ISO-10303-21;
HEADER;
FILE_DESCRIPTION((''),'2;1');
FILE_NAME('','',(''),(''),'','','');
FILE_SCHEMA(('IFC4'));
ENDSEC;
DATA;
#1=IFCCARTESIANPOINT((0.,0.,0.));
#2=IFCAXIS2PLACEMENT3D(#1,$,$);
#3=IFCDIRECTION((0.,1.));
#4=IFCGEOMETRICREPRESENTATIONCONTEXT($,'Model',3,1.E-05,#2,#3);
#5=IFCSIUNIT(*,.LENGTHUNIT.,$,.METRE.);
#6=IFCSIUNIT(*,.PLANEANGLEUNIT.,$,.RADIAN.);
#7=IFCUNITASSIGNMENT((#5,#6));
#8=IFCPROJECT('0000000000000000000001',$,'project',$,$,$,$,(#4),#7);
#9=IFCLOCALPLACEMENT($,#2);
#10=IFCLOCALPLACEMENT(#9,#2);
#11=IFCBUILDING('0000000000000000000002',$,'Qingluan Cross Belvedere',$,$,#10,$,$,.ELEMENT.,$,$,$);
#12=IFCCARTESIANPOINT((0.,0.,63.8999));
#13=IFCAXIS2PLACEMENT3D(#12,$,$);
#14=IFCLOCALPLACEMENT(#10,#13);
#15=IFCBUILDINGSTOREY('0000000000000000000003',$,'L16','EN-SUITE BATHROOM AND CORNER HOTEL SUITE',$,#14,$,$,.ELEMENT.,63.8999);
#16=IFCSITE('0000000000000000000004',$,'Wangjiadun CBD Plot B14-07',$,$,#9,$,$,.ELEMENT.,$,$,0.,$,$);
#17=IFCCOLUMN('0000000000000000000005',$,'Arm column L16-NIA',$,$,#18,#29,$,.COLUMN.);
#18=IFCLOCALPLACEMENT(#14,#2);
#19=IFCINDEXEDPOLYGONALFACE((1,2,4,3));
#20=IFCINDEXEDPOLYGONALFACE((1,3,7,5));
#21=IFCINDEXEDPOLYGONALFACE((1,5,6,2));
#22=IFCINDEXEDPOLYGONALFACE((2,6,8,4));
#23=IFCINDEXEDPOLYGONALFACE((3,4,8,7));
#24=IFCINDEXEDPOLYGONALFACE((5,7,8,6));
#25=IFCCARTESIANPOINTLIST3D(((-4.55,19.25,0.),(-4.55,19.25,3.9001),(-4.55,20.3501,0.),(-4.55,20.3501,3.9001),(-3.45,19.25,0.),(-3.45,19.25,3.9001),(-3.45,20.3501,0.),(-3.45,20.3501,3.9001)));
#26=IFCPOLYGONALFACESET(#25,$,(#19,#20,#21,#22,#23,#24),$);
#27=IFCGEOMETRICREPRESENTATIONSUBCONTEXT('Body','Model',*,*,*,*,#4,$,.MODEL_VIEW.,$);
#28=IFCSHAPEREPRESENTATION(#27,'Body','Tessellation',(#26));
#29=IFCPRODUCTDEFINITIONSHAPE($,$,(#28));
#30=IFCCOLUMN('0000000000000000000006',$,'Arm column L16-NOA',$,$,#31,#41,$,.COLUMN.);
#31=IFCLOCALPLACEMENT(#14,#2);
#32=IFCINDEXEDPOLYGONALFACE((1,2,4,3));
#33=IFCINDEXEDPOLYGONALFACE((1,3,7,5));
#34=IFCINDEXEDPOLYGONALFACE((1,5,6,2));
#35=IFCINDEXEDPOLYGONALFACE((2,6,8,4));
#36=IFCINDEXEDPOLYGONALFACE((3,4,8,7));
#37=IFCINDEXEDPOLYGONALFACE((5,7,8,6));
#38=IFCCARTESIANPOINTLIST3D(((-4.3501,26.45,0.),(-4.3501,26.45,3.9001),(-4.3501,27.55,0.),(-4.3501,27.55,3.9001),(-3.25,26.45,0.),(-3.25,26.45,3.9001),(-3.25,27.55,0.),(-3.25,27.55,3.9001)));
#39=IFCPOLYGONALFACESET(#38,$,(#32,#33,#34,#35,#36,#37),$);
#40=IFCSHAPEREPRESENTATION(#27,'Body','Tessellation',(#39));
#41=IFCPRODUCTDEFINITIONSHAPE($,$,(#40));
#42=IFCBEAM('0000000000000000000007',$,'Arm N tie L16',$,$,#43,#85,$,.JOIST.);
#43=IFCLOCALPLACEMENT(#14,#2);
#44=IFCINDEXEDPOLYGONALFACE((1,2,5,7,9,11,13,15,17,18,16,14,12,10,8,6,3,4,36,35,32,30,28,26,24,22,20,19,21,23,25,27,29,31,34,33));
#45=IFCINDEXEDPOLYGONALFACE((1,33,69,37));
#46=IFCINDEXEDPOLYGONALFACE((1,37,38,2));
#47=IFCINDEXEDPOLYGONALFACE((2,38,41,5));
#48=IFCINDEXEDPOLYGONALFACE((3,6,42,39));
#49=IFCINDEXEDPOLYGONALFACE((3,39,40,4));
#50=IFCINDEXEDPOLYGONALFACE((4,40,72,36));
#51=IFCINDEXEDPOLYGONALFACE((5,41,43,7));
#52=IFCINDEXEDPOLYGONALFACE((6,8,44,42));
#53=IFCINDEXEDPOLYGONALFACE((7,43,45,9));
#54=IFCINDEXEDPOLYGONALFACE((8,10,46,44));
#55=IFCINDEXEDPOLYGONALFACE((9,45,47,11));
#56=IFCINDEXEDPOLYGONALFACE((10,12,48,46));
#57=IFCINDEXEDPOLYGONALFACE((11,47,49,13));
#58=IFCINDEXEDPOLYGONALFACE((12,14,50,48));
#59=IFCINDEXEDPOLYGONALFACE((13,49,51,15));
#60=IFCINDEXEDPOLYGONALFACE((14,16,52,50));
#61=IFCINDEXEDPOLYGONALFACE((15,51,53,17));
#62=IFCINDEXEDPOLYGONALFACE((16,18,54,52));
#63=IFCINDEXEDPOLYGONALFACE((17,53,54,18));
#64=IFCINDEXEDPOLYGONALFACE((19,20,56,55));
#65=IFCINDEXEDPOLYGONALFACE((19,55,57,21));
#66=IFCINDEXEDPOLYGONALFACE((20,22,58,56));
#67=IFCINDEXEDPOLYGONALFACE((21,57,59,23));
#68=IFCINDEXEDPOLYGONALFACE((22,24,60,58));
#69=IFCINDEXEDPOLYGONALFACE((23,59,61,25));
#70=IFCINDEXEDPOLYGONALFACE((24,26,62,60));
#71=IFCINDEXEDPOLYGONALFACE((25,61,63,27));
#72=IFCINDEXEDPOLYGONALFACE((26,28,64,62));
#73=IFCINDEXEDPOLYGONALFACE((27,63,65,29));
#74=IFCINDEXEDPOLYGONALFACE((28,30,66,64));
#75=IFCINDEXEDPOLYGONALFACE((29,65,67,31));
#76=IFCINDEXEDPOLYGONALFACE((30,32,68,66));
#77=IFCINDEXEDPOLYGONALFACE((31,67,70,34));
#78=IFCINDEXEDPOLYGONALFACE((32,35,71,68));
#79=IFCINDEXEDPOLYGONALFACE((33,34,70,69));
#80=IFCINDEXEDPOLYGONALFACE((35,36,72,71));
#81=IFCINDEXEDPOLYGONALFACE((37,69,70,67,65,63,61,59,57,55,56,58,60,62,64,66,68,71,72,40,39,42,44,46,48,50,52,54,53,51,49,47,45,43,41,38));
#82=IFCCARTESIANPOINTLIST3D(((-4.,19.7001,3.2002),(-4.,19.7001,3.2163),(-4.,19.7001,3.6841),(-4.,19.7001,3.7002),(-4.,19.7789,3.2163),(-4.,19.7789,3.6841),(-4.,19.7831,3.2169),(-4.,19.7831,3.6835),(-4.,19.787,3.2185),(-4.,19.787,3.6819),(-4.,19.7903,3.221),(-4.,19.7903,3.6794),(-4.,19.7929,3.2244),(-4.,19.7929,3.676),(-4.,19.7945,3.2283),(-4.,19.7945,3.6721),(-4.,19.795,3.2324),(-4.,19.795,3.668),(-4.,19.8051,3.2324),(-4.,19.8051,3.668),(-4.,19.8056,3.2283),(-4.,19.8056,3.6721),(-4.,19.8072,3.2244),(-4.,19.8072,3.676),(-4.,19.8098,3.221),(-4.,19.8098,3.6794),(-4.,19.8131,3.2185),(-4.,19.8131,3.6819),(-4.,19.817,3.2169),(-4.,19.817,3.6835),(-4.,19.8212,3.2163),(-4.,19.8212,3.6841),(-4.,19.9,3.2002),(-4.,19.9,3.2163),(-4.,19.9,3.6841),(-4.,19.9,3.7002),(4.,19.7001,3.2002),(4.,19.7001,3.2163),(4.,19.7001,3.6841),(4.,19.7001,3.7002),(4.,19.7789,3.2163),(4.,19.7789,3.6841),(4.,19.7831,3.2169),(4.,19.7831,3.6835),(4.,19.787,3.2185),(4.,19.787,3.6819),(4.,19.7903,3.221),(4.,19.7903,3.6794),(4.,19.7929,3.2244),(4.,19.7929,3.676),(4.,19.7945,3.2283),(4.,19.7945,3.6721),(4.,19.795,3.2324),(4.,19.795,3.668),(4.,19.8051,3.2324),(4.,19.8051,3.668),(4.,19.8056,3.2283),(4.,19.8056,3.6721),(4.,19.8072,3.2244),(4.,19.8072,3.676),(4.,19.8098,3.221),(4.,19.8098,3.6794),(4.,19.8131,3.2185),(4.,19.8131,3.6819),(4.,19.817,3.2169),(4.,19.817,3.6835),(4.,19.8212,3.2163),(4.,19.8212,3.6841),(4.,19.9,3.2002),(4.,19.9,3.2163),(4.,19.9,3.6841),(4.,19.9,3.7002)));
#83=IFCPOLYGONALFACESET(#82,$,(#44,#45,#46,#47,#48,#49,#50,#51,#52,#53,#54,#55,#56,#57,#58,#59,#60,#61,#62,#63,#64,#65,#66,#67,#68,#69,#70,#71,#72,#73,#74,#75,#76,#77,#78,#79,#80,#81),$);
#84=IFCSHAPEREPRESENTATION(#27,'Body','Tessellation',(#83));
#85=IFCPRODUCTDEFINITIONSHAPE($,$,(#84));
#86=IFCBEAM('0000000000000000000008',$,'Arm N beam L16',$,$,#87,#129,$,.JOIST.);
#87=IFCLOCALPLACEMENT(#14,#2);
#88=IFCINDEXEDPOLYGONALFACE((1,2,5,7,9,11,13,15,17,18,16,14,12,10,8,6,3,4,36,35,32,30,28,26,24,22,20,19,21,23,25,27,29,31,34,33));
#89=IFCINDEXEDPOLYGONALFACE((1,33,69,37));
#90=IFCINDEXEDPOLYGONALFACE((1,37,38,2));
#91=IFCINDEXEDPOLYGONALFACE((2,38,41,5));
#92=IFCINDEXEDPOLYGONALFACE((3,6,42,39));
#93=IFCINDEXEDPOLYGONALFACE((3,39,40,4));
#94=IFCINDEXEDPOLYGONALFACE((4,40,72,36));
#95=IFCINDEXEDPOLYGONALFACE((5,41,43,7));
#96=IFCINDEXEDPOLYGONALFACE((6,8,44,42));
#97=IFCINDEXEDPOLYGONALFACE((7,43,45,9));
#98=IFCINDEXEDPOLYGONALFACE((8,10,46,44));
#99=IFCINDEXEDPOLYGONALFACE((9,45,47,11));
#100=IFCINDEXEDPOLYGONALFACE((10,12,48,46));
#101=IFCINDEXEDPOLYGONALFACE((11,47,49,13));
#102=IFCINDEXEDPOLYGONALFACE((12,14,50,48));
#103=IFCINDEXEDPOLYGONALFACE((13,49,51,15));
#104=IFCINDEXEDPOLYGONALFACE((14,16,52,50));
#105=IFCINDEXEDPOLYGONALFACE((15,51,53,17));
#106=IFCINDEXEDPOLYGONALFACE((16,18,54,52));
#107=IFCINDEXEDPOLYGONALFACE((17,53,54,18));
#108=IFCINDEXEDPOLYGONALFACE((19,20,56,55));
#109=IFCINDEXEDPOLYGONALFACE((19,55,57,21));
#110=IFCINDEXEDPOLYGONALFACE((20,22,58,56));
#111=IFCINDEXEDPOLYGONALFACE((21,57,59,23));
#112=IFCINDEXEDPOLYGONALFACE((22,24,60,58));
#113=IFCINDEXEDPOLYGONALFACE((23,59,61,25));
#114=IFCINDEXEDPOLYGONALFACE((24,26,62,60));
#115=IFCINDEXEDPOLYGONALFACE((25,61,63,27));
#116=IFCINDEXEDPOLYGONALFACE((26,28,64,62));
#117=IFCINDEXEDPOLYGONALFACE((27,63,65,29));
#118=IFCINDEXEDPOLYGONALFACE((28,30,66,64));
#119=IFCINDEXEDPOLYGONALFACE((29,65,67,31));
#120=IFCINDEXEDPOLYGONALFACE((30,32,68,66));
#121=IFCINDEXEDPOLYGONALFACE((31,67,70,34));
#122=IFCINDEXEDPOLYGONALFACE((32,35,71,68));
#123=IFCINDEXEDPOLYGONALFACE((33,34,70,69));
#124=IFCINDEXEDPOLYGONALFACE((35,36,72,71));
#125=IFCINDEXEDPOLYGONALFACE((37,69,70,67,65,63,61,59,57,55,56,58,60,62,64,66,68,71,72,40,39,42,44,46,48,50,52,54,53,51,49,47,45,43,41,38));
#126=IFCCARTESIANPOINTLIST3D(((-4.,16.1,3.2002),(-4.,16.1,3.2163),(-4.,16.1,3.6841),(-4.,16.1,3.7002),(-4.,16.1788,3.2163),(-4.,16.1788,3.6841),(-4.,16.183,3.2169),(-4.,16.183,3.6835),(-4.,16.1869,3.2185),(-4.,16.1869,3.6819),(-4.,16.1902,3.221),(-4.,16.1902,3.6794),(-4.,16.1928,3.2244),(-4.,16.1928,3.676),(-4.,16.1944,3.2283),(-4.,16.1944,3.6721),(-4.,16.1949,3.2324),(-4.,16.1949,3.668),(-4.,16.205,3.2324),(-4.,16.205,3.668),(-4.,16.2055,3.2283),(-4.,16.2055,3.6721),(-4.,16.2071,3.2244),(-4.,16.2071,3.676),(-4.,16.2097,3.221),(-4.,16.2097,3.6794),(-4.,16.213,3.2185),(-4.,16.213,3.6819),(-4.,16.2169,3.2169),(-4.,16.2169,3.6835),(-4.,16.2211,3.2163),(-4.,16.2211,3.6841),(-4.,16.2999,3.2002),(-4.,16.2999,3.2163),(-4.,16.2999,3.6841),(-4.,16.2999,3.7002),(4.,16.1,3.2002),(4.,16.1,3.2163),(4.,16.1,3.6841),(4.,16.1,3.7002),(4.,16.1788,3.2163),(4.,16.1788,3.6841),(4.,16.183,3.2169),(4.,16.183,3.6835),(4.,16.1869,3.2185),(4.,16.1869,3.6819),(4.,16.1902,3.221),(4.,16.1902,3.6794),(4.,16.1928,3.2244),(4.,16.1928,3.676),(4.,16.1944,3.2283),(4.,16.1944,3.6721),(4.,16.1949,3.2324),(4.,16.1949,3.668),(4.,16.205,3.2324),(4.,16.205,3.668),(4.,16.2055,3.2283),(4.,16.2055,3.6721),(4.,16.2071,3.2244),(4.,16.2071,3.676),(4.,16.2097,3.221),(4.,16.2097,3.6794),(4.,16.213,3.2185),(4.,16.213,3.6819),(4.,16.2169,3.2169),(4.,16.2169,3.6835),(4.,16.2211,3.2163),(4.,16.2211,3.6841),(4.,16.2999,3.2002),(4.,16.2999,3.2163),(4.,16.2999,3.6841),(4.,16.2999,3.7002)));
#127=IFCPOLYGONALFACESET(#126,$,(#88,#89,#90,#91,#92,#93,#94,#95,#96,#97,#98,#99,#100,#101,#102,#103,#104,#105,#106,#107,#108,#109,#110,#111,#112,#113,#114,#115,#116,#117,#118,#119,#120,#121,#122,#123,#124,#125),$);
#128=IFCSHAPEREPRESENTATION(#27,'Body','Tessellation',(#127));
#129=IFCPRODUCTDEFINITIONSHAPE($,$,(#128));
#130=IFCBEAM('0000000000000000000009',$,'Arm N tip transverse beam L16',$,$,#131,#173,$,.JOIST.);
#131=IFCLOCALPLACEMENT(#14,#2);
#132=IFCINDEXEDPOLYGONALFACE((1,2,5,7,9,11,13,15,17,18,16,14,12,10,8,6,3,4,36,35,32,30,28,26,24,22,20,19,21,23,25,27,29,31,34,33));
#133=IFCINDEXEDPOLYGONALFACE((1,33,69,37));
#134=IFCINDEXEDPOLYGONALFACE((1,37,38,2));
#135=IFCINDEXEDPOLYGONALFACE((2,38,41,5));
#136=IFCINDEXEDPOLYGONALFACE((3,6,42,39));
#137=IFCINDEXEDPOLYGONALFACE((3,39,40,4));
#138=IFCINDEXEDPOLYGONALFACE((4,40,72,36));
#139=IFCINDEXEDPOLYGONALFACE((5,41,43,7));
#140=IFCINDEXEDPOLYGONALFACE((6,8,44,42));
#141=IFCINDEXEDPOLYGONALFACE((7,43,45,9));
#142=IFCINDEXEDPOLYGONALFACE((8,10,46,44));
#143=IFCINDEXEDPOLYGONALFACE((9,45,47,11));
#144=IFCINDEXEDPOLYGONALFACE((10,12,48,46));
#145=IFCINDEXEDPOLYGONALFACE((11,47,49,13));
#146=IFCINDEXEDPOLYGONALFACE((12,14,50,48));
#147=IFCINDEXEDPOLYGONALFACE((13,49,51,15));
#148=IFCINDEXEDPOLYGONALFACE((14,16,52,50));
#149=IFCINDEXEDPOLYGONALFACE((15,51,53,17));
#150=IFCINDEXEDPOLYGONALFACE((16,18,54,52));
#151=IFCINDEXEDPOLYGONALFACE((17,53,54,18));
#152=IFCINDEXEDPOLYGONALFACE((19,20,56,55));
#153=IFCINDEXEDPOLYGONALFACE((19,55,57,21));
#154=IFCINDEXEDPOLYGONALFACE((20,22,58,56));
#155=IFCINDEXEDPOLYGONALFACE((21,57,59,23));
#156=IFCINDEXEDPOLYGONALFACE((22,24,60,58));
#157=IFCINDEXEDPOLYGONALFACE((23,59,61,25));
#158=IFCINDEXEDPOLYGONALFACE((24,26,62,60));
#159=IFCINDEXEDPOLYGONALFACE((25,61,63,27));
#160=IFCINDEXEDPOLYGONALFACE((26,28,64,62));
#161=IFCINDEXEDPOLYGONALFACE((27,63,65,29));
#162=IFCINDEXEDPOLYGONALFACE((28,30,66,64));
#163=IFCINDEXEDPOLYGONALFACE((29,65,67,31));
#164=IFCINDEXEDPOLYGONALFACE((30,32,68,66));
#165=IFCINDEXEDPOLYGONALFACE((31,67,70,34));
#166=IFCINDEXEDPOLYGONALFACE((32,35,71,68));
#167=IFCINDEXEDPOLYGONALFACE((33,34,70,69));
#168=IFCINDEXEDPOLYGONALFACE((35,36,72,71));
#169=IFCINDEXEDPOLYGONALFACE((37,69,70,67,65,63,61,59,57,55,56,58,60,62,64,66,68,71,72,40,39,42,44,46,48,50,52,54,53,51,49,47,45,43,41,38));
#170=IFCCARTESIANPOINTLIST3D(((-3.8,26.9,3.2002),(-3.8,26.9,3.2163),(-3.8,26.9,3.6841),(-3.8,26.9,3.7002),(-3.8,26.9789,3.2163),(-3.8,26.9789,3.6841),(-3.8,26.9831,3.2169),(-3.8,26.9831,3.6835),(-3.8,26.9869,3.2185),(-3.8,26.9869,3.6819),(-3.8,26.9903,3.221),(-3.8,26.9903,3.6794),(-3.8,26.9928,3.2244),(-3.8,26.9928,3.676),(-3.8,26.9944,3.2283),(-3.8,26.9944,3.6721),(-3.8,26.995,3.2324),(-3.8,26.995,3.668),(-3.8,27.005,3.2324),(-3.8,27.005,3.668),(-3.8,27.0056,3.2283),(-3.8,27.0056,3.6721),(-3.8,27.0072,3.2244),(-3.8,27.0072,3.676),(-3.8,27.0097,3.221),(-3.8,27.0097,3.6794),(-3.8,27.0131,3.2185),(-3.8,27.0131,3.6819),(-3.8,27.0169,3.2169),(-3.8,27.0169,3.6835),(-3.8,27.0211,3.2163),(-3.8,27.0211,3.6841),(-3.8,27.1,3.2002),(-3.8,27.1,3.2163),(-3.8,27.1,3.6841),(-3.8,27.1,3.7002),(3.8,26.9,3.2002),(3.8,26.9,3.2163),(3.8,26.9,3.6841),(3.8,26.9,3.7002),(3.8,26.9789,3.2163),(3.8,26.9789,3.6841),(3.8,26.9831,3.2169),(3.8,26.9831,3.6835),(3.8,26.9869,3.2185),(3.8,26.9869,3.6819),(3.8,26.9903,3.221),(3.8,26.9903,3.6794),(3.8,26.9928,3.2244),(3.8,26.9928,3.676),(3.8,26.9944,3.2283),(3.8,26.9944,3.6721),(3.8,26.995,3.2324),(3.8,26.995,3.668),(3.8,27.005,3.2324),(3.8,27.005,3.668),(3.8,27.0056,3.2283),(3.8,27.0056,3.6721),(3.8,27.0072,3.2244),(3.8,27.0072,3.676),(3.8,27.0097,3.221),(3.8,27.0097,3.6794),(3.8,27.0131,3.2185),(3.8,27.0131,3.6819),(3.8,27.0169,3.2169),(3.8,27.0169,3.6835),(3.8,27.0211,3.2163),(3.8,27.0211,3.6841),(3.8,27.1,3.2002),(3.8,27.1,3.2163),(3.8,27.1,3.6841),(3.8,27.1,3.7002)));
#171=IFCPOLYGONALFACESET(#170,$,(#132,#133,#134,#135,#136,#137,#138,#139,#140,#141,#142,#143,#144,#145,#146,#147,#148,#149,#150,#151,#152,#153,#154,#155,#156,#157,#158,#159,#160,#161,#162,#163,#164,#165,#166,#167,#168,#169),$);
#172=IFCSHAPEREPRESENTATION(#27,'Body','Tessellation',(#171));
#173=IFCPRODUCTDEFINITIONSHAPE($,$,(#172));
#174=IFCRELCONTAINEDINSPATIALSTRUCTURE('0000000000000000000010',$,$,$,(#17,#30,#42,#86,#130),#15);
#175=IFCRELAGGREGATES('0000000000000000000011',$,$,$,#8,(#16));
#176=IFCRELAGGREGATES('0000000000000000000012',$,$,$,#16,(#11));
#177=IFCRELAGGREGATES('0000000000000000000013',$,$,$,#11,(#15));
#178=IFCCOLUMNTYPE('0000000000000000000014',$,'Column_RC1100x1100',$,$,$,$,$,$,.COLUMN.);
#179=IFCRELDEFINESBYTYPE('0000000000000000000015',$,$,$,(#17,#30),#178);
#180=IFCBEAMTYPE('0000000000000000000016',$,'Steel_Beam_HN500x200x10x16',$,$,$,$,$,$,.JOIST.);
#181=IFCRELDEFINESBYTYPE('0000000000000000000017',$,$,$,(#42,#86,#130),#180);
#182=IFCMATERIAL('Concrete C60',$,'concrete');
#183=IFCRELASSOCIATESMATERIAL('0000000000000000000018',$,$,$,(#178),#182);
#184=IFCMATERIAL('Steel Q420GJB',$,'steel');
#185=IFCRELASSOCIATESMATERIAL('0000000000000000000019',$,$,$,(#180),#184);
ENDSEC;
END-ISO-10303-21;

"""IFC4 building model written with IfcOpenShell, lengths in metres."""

from ifc_helpers import new_model, si_unit, direction, frame, origin, origin_2d, place, context, subcontext, project, spatial, rectangle, i_section, extrude, material, material_profile, profile_set, type_object, element, save


model = new_model("IFC4")

# Units and contexts
model_context = context("Model", 3, precision=1e-05, world=origin(), true_north=direction((0.0, 1.0)))
body_context = subcontext(model_context, "Body", "Model", "MODEL_VIEW")
ifc_project = project(units=[si_unit("LENGTHUNIT", "METRE"), si_unit("PLANEANGLEUNIT", "RADIAN")], contexts=[model_context])

# Site, building, storey
site_placement = place(None, origin())
site = spatial("IfcSite", under=ifc_project, at=site_placement, Name="Wangjiadun CBD Plot B14-07", CompositionType="ELEMENT", RefElevation=0.0)
building_placement = place(site_placement, origin())
building = spatial("IfcBuilding", under=site, at=building_placement, Name="Qingluan Cross Belvedere", CompositionType="ELEMENT")
storey_placement = place(building_placement, frame((0.0, 0.0, 63.8999)))
storey = spatial("IfcBuildingStorey", under=building, at=storey_placement, Name="L16", Description="EN-SUITE BATHROOM AND CORNER HOTEL SUITE", CompositionType="ELEMENT", Elevation=63.8999)

# Columns
ifc_material_1 = material(Name="Concrete C60", Category="concrete")
ifc_material_profile_1 = material_profile(ifc_material_1, rectangle(XDim=1.1001, YDim=1.1001, at=origin_2d()), Name="RC1100x1100")
ifc_profile_set_1 = profile_set([ifc_material_profile_1], Name="Concrete C60")
column_type = type_object("IfcColumnType", Name="Column_RC1100x1100", PredefinedType="COLUMN", material=ifc_profile_set_1)
for number, where, z_axis, x_axis, name in (
    (1, (-4.0, 19.8, 0.0), (0.0, 0.0, 1.0), (1.0, 0.0, 0.0), "Arm column L16-NIA"),
    (2, (-3.8, 27.0, 0.0), (0.0, 0.0, 1.0), (1.0, 0.0, 0.0), "Arm column L16-NOA"),
):
    element("IfcColumn", number, at=place(storey_placement, frame(where, z_axis=z_axis, x_axis=x_axis)), inside=storey, type_object=column_type, Name=name, PredefinedType="COLUMN", context=body_context, shape_type="SweptSolid", body=[
        extrude(rectangle(XDim=1.1001, YDim=1.1001, at=origin_2d()), origin(), (0.0, 0.0, 1.0), 3.9001),
    ])

# Beams
ifc_material_2 = material(Name="Steel Q420GJB", Category="steel")
ifc_material_profile_2 = material_profile(ifc_material_2, i_section(OverallWidth=0.2, OverallDepth=0.5, WebThickness=0.01, FlangeThickness=0.0161, FilletRadius=0.0161, at=origin_2d()), Name="HN500x200x10x16")
ifc_profile_set_2 = profile_set([ifc_material_profile_2], Name="Steel Q420GJB")
beam_type_1 = type_object("IfcBeamType", Name="Steel_Beam_HN500x200x10x16", PredefinedType="JOIST", material=ifc_profile_set_2)
for number, where, z_axis, x_axis, name in (
    (3, (-4.0, 19.8, 3.4502), (1.0, 0.0, 0.0), (0.0, 1.0, 0.0), "Arm N tie L16"),
    (4, (-4.0, 16.2, 3.4502), (1.0, 0.0, 0.0), (0.0, 1.0, 0.0), "Arm N beam L16"),
):
    element("IfcBeam", number, at=place(storey_placement, frame(where, z_axis=z_axis, x_axis=x_axis)), inside=storey, type_object=beam_type_1, Name=name, PredefinedType="JOIST", context=body_context, shape_type="SweptSolid", body=[
        extrude(i_section(OverallWidth=0.2, OverallDepth=0.5, WebThickness=0.01, FlangeThickness=0.0161, FilletRadius=0.0161, at=origin_2d()), origin(), (0.0, 0.0, 1.0), 8.0),
    ])
beam_1_placement = place(storey_placement, frame((-3.8, 27.0, 3.4502), z_axis=(1.0, 0.0, 0.0), x_axis=(0.0, 1.0, 0.0)))
element("IfcBeam", 5, at=beam_1_placement, inside=storey, type_object=beam_type_1, Name="Arm N tip transverse beam L16", PredefinedType="JOIST", context=body_context, shape_type="SweptSolid", body=[
    extrude(i_section(OverallWidth=0.2, OverallDepth=0.5, WebThickness=0.01, FlangeThickness=0.0161, FilletRadius=0.0161, at=origin_2d()), origin(), (0.0, 0.0, 1.0), 7.6001),
])

save(model, "model.ifc")
